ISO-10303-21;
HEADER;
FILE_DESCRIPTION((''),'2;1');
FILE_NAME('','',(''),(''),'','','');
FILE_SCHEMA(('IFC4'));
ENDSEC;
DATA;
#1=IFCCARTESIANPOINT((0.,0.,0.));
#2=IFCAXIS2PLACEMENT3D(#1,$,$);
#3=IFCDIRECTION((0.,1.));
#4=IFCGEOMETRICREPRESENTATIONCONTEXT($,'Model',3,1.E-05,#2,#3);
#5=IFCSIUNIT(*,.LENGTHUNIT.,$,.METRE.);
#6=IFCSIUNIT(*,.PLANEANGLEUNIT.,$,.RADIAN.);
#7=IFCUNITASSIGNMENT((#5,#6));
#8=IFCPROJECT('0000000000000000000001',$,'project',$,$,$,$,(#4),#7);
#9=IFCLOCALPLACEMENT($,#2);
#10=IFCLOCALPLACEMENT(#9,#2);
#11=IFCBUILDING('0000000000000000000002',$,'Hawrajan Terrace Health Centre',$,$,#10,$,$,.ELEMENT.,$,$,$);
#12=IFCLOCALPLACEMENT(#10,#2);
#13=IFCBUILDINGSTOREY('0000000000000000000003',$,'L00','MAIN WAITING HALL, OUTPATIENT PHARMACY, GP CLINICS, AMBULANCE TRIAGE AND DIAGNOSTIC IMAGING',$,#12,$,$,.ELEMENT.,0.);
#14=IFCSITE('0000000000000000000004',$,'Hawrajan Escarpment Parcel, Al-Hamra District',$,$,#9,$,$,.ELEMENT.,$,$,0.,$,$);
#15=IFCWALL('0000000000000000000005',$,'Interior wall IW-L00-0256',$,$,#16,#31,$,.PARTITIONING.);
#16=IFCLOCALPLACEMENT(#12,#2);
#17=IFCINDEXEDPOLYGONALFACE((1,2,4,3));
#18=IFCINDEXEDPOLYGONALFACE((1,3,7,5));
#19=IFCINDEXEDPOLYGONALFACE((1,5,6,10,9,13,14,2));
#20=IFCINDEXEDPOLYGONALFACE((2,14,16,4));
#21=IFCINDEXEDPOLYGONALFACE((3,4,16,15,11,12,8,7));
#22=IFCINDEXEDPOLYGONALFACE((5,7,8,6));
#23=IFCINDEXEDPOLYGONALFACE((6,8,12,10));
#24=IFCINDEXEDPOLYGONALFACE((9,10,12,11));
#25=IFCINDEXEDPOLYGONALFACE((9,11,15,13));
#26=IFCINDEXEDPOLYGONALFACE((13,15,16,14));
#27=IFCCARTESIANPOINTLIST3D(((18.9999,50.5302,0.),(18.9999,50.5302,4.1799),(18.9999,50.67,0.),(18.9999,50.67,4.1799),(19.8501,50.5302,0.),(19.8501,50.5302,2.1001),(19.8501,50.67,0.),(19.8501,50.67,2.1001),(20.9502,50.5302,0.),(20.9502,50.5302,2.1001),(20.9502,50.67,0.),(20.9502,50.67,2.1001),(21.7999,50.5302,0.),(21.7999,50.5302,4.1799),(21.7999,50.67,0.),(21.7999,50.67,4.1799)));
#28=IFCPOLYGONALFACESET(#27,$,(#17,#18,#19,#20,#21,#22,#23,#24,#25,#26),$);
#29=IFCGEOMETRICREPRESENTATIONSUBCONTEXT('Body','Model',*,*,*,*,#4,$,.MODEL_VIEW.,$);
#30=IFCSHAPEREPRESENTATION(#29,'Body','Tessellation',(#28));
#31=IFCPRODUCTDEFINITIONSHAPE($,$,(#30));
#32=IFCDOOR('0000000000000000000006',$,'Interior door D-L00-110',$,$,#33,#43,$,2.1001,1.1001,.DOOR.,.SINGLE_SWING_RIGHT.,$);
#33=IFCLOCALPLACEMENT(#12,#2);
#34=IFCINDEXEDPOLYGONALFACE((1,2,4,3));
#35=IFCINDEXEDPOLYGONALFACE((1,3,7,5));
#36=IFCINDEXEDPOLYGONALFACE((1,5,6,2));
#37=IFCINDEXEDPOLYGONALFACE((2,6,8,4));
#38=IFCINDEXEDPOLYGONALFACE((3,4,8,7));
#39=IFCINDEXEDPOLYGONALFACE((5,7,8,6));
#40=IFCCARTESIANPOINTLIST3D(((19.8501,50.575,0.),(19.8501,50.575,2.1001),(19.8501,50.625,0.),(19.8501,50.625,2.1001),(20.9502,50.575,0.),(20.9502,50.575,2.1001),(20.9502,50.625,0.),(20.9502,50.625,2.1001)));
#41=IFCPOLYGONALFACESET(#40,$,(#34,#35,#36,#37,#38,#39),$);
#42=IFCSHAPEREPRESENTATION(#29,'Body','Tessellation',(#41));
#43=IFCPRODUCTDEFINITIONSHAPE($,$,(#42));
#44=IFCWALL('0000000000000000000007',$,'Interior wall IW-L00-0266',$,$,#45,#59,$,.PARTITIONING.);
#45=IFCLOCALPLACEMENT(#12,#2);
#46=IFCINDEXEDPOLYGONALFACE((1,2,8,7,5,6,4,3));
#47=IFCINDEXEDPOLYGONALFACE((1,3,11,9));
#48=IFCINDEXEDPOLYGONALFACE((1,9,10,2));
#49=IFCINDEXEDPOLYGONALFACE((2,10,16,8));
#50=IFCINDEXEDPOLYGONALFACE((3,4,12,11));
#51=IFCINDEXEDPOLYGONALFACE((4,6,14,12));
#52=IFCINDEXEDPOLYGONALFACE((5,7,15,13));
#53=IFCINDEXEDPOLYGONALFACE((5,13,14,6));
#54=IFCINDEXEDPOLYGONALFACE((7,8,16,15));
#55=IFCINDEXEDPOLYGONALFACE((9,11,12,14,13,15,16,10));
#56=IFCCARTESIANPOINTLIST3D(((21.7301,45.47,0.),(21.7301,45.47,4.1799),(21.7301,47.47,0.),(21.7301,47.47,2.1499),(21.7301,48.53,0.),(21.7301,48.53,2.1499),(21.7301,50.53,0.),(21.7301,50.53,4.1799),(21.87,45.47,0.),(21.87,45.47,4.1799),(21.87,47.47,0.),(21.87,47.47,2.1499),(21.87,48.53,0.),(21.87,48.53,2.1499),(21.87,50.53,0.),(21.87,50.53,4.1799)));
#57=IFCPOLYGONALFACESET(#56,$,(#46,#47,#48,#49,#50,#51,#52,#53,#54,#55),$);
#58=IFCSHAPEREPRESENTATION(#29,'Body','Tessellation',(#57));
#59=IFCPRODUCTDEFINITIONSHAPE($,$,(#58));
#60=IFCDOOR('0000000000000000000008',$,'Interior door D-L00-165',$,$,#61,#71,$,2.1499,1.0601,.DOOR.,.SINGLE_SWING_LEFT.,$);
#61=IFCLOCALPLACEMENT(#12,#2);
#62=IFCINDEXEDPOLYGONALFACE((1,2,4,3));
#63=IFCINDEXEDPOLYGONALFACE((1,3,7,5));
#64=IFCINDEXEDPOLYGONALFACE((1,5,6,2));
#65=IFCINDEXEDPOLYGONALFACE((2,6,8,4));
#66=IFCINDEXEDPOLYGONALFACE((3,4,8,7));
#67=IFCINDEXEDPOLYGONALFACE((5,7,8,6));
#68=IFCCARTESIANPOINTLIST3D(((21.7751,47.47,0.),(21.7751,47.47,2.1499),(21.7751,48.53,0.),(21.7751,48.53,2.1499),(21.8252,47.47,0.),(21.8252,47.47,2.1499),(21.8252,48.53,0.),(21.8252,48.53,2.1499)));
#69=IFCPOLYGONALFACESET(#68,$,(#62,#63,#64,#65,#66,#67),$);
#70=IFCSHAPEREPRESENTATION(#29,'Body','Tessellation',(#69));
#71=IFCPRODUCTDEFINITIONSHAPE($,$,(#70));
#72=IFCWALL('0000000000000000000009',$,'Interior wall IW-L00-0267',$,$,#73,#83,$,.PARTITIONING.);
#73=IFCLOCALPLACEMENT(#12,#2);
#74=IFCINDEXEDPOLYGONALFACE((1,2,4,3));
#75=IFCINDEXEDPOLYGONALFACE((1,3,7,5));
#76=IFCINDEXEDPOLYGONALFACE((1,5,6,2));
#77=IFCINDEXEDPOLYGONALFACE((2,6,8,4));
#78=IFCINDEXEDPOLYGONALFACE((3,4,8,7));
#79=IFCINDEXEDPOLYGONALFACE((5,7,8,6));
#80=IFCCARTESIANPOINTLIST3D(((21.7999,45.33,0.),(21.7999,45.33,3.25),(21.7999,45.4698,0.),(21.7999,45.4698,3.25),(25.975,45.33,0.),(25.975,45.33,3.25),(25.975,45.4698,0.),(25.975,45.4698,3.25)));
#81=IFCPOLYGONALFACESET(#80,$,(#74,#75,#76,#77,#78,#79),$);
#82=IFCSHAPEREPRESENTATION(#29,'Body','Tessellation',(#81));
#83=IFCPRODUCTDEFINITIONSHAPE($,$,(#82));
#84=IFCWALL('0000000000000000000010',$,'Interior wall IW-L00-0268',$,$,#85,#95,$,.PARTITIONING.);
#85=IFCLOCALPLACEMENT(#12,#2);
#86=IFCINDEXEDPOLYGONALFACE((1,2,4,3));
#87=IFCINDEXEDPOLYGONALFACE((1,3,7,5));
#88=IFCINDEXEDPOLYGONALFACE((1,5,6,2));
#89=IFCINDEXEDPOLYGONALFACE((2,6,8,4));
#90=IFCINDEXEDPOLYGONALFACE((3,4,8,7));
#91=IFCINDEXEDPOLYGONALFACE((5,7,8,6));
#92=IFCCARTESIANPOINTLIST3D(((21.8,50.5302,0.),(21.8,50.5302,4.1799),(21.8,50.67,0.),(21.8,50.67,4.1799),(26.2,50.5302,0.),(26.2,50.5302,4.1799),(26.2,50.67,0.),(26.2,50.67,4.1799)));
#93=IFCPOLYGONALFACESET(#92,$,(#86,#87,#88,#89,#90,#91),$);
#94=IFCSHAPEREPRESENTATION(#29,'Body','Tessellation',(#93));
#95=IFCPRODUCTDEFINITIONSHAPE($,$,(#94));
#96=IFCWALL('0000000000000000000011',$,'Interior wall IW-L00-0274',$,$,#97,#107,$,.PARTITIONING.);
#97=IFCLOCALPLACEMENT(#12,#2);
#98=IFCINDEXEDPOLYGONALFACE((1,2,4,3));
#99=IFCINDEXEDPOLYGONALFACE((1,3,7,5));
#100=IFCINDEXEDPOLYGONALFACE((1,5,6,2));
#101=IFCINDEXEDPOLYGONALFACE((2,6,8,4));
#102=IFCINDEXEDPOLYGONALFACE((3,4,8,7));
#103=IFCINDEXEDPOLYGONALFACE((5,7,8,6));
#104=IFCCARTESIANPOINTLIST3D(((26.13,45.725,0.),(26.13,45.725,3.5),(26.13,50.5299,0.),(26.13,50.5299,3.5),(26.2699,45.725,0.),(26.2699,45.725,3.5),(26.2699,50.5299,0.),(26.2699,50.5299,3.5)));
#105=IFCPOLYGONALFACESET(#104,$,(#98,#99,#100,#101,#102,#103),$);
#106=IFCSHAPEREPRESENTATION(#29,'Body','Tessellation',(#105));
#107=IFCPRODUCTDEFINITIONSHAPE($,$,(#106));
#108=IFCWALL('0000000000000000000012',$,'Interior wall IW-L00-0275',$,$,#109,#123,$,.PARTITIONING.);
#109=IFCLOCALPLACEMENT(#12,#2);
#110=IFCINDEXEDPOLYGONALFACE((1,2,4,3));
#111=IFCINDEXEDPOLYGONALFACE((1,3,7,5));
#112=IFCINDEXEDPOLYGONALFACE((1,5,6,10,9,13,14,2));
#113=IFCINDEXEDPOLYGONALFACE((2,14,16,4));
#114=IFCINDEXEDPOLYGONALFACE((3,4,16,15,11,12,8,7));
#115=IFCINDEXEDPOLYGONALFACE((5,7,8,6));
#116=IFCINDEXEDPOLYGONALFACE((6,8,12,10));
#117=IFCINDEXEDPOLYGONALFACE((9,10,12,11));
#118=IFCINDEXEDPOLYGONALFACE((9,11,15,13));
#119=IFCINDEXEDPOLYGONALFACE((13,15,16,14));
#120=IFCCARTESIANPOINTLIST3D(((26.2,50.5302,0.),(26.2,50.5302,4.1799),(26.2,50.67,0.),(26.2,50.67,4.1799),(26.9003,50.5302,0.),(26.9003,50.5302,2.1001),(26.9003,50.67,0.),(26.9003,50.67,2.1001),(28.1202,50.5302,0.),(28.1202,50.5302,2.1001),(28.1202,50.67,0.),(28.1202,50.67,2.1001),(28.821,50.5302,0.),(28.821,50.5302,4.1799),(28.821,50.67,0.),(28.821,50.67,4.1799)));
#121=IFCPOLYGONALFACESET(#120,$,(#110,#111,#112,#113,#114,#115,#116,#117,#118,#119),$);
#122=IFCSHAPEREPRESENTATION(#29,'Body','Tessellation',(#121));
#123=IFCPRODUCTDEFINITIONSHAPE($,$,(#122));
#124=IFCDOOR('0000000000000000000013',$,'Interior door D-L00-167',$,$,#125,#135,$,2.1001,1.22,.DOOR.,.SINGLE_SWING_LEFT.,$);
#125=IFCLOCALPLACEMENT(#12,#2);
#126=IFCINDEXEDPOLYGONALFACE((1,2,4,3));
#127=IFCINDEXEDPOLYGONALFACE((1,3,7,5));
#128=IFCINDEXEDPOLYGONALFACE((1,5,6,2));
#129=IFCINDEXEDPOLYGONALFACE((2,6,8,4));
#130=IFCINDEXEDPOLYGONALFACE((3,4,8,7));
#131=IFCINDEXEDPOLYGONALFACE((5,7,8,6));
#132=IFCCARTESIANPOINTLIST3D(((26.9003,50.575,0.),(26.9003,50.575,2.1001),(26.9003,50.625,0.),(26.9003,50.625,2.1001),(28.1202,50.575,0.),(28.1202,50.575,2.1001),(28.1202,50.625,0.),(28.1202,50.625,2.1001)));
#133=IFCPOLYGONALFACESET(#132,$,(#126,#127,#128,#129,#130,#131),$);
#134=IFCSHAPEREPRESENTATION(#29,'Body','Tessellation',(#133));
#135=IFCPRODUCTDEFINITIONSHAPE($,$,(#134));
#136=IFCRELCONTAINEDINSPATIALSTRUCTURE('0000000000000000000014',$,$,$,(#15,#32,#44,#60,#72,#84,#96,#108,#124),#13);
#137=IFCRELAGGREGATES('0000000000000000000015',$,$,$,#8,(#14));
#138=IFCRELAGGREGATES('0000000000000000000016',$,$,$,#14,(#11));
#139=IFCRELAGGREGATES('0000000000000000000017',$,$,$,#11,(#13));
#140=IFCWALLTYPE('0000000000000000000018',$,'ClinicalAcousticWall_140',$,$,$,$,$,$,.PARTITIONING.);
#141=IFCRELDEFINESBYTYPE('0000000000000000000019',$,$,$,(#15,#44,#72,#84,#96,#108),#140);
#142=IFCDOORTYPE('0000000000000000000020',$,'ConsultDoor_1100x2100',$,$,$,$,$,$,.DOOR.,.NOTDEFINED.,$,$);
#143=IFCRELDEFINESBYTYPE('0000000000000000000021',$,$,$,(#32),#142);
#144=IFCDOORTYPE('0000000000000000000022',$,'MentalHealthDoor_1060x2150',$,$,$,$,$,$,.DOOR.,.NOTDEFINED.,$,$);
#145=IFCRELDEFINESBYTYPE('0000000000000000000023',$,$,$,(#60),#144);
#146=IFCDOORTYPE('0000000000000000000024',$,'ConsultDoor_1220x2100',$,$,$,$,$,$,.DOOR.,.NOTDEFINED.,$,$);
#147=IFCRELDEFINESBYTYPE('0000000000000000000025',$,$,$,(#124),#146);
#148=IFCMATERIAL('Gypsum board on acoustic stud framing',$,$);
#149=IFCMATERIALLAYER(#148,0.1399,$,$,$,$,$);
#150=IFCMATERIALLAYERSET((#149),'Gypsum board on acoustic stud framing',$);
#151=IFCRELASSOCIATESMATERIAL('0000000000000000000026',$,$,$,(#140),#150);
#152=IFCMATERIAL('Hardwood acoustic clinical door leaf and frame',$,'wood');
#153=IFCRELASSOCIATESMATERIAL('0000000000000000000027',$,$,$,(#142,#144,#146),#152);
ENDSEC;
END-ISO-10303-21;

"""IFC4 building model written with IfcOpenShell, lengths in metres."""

from ifc_helpers import new_model, si_unit, direction, frame, frame_2d, origin, place, context, subcontext, project, spatial, rectangle, extrude, material, layer, layer_set, type_object, element, fill, save


model = new_model("IFC4")

# Units and contexts
model_context = context("Model", 3, precision=1e-05, world=origin(), true_north=direction((0.0, 1.0)))
body_context = subcontext(model_context, "Body", "Model", "MODEL_VIEW")
ifc_project = project(units=[si_unit("LENGTHUNIT", "METRE"), si_unit("PLANEANGLEUNIT", "RADIAN")], contexts=[model_context])

# Site, building, storey
site_placement = place(None, origin())
site = spatial("IfcSite", under=ifc_project, at=site_placement, Name="Hawrajan Escarpment Parcel, Al-Hamra District", CompositionType="ELEMENT", RefElevation=0.0)
building_placement = place(site_placement, origin())
building = spatial("IfcBuilding", under=site, at=building_placement, Name="Hawrajan Terrace Health Centre", CompositionType="ELEMENT")
storey_placement = place(building_placement, origin())
storey = spatial("IfcBuildingStorey", under=building, at=storey_placement, Name="L00", Description="MAIN WAITING HALL, OUTPATIENT PHARMACY, GP CLINICS, AMBULANCE TRIAGE AND DIAGNOSTIC IMAGING", CompositionType="ELEMENT", Elevation=0.0)

# Shared definitions
ifc_material_1 = material(Name="Gypsum board on acoustic stud framing")
ifc_layer_1 = layer(ifc_material_1, 0.1399)
ifc_layer_set_1 = layer_set([ifc_layer_1], Name="Gypsum board on acoustic stud framing")
wall_type = type_object("IfcWallType", Name="ClinicalAcousticWall_140", PredefinedType="PARTITIONING", material=ifc_layer_set_1)

# Walls, openings, doors
wall_1_placement = place(storey_placement, frame((19.0, 50.6001, 0.0), z_axis=(0.0, 0.0, 1.0), x_axis=(1.0, 0.0, 0.0)))
wall_1 = element("IfcWall", 1, at=wall_1_placement, inside=storey, type_object=wall_type, Name="Interior wall IW-L00-0256", PredefinedType="PARTITIONING", context=body_context, shape_type="SweptSolid", body=[
    extrude(rectangle(XDim=2.8, YDim=0.1399, at=frame_2d((1.3999, 0.0))), origin(), (0.0, 0.0, 1.0), 4.1799),
])
opening_1_placement = place(wall_1_placement, frame((0.8501, 0.0, 0.0)))
opening_1 = element("IfcOpeningElement", 2, at=opening_1_placement, cuts=wall_1, PredefinedType="OPENING", context=body_context, shape_type="SweptSolid", body=[
    extrude(rectangle(XDim=1.1001, YDim=2.1001, at=frame_2d((0.55, 1.05))), frame((0.0, 0.0798, 0.0), z_axis=(0.0, -1.0, 0.0), x_axis=(1.0, 0.0, 0.0)), (0.0, 0.0, 1.0), 0.1599),
])
ifc_material_2 = material(Name="Hardwood acoustic clinical door leaf and frame", Category="wood")
door_type_1 = type_object("IfcDoorType", Name="ConsultDoor_1100x2100", OperationType="NOTDEFINED", PredefinedType="DOOR", material=ifc_material_2)
door_1_placement = place(opening_1_placement, origin())
door_1 = element("IfcDoor", 3, at=door_1_placement, inside=storey, type_object=door_type_1, Name="Interior door D-L00-110", OperationType="SINGLE_SWING_RIGHT", OverallHeight=2.1001, OverallWidth=1.1001, PredefinedType="DOOR", context=body_context, shape_type="SweptSolid", body=[
    extrude(rectangle(XDim=1.1001, YDim=2.1001, at=frame_2d((0.55, 1.05))), frame((0.0, 0.0249, 0.0), z_axis=(0.0, -1.0, 0.0), x_axis=(1.0, 0.0, 0.0)), (0.0, 0.0, 1.0), 0.05),
])
fill(opening_1, door_1)
wall_2_placement = place(storey_placement, frame((21.8, 45.47, 0.0), z_axis=(0.0, 0.0, 1.0), x_axis=(0.0, 1.0, 0.0)))
wall_2 = element("IfcWall", 4, at=wall_2_placement, inside=storey, type_object=wall_type, Name="Interior wall IW-L00-0266", PredefinedType="PARTITIONING", context=body_context, shape_type="SweptSolid", body=[
    extrude(rectangle(XDim=5.0601, YDim=0.1399, at=frame_2d((2.53, 0.0))), origin(), (0.0, 0.0, 1.0), 4.1799),
])
opening_2_placement = place(wall_2_placement, frame((2.0, 0.0, 0.0)))
opening_2 = element("IfcOpeningElement", 5, at=opening_2_placement, cuts=wall_2, PredefinedType="OPENING", context=body_context, shape_type="SweptSolid", body=[
    extrude(rectangle(XDim=1.0601, YDim=2.1499, at=frame_2d((0.53, 1.075))), frame((0.0, 0.0798, 0.0), z_axis=(0.0, -1.0, 0.0), x_axis=(1.0, 0.0, 0.0)), (0.0, 0.0, 1.0), 0.1599),
])
door_type_2 = type_object("IfcDoorType", Name="MentalHealthDoor_1060x2150", OperationType="NOTDEFINED", PredefinedType="DOOR", material=ifc_material_2)
door_2_placement = place(opening_2_placement, origin())
door_2 = element("IfcDoor", 6, at=door_2_placement, inside=storey, type_object=door_type_2, Name="Interior door D-L00-165", OperationType="SINGLE_SWING_LEFT", OverallHeight=2.1499, OverallWidth=1.0601, PredefinedType="DOOR", context=body_context, shape_type="SweptSolid", body=[
    extrude(rectangle(XDim=1.0601, YDim=2.1499, at=frame_2d((0.53, 1.075))), frame((0.0, 0.0249, 0.0), z_axis=(0.0, -1.0, 0.0), x_axis=(1.0, 0.0, 0.0)), (0.0, 0.0, 1.0), 0.05),
])
fill(opening_2, door_2)

# Walls
wall_3_placement = place(storey_placement, frame((21.8, 45.3999, 0.0), z_axis=(0.0, 0.0, 1.0), x_axis=(1.0, 0.0, 0.0)))
element("IfcWall", 7, at=wall_3_placement, inside=storey, type_object=wall_type, Name="Interior wall IW-L00-0267", PredefinedType="PARTITIONING", context=body_context, shape_type="SweptSolid", body=[
    extrude(rectangle(XDim=4.175, YDim=0.1399, at=frame_2d((2.0874, 0.0))), origin(), (0.0, 0.0, 1.0), 3.25),
])
wall_4_placement = place(storey_placement, frame((21.8, 50.6001, 0.0), z_axis=(0.0, 0.0, 1.0), x_axis=(1.0, 0.0, 0.0)))
element("IfcWall", 8, at=wall_4_placement, inside=storey, type_object=wall_type, Name="Interior wall IW-L00-0268", PredefinedType="PARTITIONING", context=body_context, shape_type="SweptSolid", body=[
    extrude(rectangle(XDim=4.3999, YDim=0.1399, at=frame_2d((2.2, 0.0))), origin(), (0.0, 0.0, 1.0), 4.1799),
])
wall_5_placement = place(storey_placement, frame((26.2, 45.7251, 0.0), z_axis=(0.0, 0.0, 1.0), x_axis=(0.0, 1.0, 0.0)))
element("IfcWall", 9, at=wall_5_placement, inside=storey, type_object=wall_type, Name="Interior wall IW-L00-0274", PredefinedType="PARTITIONING", context=body_context, shape_type="SweptSolid", body=[
    extrude(rectangle(XDim=4.8049, YDim=0.1399, at=frame_2d((2.4023, 0.0))), origin(), (0.0, 0.0, 1.0), 3.5),
])

# Wall, opening, door
wall_6_placement = place(storey_placement, frame((26.2, 50.6001, 0.0), z_axis=(0.0, 0.0, 1.0), x_axis=(1.0, 0.0, 0.0)))
wall_6 = element("IfcWall", 10, at=wall_6_placement, inside=storey, type_object=wall_type, Name="Interior wall IW-L00-0275", PredefinedType="PARTITIONING", context=body_context, shape_type="SweptSolid", body=[
    extrude(rectangle(XDim=2.6211, YDim=0.1399, at=frame_2d((1.3105, 0.0))), origin(), (0.0, 0.0, 1.0), 4.1799),
])
opening_3_placement = place(wall_6_placement, frame((0.7004, 0.0, 0.0)))
opening_3 = element("IfcOpeningElement", 11, at=opening_3_placement, cuts=wall_6, PredefinedType="OPENING", context=body_context, shape_type="SweptSolid", body=[
    extrude(rectangle(XDim=1.22, YDim=2.1001, at=frame_2d((0.6099, 1.05))), frame((0.0, 0.0798, 0.0), z_axis=(0.0, -1.0, 0.0), x_axis=(1.0, 0.0, 0.0)), (0.0, 0.0, 1.0), 0.1599),
])
door_type_3 = type_object("IfcDoorType", Name="ConsultDoor_1220x2100", OperationType="NOTDEFINED", PredefinedType="DOOR", material=ifc_material_2)
door_3_placement = place(opening_3_placement, origin())
door_3 = element("IfcDoor", 12, at=door_3_placement, inside=storey, type_object=door_type_3, Name="Interior door D-L00-167", OperationType="SINGLE_SWING_LEFT", OverallHeight=2.1001, OverallWidth=1.22, PredefinedType="DOOR", context=body_context, shape_type="SweptSolid", body=[
    extrude(rectangle(XDim=1.22, YDim=2.1001, at=frame_2d((0.6099, 1.05))), frame((0.0, 0.0249, 0.0), z_axis=(0.0, -1.0, 0.0), x_axis=(1.0, 0.0, 0.0)), (0.0, 0.0, 1.0), 0.05),
])
fill(opening_3, door_3)

save(model, "model.ifc")
